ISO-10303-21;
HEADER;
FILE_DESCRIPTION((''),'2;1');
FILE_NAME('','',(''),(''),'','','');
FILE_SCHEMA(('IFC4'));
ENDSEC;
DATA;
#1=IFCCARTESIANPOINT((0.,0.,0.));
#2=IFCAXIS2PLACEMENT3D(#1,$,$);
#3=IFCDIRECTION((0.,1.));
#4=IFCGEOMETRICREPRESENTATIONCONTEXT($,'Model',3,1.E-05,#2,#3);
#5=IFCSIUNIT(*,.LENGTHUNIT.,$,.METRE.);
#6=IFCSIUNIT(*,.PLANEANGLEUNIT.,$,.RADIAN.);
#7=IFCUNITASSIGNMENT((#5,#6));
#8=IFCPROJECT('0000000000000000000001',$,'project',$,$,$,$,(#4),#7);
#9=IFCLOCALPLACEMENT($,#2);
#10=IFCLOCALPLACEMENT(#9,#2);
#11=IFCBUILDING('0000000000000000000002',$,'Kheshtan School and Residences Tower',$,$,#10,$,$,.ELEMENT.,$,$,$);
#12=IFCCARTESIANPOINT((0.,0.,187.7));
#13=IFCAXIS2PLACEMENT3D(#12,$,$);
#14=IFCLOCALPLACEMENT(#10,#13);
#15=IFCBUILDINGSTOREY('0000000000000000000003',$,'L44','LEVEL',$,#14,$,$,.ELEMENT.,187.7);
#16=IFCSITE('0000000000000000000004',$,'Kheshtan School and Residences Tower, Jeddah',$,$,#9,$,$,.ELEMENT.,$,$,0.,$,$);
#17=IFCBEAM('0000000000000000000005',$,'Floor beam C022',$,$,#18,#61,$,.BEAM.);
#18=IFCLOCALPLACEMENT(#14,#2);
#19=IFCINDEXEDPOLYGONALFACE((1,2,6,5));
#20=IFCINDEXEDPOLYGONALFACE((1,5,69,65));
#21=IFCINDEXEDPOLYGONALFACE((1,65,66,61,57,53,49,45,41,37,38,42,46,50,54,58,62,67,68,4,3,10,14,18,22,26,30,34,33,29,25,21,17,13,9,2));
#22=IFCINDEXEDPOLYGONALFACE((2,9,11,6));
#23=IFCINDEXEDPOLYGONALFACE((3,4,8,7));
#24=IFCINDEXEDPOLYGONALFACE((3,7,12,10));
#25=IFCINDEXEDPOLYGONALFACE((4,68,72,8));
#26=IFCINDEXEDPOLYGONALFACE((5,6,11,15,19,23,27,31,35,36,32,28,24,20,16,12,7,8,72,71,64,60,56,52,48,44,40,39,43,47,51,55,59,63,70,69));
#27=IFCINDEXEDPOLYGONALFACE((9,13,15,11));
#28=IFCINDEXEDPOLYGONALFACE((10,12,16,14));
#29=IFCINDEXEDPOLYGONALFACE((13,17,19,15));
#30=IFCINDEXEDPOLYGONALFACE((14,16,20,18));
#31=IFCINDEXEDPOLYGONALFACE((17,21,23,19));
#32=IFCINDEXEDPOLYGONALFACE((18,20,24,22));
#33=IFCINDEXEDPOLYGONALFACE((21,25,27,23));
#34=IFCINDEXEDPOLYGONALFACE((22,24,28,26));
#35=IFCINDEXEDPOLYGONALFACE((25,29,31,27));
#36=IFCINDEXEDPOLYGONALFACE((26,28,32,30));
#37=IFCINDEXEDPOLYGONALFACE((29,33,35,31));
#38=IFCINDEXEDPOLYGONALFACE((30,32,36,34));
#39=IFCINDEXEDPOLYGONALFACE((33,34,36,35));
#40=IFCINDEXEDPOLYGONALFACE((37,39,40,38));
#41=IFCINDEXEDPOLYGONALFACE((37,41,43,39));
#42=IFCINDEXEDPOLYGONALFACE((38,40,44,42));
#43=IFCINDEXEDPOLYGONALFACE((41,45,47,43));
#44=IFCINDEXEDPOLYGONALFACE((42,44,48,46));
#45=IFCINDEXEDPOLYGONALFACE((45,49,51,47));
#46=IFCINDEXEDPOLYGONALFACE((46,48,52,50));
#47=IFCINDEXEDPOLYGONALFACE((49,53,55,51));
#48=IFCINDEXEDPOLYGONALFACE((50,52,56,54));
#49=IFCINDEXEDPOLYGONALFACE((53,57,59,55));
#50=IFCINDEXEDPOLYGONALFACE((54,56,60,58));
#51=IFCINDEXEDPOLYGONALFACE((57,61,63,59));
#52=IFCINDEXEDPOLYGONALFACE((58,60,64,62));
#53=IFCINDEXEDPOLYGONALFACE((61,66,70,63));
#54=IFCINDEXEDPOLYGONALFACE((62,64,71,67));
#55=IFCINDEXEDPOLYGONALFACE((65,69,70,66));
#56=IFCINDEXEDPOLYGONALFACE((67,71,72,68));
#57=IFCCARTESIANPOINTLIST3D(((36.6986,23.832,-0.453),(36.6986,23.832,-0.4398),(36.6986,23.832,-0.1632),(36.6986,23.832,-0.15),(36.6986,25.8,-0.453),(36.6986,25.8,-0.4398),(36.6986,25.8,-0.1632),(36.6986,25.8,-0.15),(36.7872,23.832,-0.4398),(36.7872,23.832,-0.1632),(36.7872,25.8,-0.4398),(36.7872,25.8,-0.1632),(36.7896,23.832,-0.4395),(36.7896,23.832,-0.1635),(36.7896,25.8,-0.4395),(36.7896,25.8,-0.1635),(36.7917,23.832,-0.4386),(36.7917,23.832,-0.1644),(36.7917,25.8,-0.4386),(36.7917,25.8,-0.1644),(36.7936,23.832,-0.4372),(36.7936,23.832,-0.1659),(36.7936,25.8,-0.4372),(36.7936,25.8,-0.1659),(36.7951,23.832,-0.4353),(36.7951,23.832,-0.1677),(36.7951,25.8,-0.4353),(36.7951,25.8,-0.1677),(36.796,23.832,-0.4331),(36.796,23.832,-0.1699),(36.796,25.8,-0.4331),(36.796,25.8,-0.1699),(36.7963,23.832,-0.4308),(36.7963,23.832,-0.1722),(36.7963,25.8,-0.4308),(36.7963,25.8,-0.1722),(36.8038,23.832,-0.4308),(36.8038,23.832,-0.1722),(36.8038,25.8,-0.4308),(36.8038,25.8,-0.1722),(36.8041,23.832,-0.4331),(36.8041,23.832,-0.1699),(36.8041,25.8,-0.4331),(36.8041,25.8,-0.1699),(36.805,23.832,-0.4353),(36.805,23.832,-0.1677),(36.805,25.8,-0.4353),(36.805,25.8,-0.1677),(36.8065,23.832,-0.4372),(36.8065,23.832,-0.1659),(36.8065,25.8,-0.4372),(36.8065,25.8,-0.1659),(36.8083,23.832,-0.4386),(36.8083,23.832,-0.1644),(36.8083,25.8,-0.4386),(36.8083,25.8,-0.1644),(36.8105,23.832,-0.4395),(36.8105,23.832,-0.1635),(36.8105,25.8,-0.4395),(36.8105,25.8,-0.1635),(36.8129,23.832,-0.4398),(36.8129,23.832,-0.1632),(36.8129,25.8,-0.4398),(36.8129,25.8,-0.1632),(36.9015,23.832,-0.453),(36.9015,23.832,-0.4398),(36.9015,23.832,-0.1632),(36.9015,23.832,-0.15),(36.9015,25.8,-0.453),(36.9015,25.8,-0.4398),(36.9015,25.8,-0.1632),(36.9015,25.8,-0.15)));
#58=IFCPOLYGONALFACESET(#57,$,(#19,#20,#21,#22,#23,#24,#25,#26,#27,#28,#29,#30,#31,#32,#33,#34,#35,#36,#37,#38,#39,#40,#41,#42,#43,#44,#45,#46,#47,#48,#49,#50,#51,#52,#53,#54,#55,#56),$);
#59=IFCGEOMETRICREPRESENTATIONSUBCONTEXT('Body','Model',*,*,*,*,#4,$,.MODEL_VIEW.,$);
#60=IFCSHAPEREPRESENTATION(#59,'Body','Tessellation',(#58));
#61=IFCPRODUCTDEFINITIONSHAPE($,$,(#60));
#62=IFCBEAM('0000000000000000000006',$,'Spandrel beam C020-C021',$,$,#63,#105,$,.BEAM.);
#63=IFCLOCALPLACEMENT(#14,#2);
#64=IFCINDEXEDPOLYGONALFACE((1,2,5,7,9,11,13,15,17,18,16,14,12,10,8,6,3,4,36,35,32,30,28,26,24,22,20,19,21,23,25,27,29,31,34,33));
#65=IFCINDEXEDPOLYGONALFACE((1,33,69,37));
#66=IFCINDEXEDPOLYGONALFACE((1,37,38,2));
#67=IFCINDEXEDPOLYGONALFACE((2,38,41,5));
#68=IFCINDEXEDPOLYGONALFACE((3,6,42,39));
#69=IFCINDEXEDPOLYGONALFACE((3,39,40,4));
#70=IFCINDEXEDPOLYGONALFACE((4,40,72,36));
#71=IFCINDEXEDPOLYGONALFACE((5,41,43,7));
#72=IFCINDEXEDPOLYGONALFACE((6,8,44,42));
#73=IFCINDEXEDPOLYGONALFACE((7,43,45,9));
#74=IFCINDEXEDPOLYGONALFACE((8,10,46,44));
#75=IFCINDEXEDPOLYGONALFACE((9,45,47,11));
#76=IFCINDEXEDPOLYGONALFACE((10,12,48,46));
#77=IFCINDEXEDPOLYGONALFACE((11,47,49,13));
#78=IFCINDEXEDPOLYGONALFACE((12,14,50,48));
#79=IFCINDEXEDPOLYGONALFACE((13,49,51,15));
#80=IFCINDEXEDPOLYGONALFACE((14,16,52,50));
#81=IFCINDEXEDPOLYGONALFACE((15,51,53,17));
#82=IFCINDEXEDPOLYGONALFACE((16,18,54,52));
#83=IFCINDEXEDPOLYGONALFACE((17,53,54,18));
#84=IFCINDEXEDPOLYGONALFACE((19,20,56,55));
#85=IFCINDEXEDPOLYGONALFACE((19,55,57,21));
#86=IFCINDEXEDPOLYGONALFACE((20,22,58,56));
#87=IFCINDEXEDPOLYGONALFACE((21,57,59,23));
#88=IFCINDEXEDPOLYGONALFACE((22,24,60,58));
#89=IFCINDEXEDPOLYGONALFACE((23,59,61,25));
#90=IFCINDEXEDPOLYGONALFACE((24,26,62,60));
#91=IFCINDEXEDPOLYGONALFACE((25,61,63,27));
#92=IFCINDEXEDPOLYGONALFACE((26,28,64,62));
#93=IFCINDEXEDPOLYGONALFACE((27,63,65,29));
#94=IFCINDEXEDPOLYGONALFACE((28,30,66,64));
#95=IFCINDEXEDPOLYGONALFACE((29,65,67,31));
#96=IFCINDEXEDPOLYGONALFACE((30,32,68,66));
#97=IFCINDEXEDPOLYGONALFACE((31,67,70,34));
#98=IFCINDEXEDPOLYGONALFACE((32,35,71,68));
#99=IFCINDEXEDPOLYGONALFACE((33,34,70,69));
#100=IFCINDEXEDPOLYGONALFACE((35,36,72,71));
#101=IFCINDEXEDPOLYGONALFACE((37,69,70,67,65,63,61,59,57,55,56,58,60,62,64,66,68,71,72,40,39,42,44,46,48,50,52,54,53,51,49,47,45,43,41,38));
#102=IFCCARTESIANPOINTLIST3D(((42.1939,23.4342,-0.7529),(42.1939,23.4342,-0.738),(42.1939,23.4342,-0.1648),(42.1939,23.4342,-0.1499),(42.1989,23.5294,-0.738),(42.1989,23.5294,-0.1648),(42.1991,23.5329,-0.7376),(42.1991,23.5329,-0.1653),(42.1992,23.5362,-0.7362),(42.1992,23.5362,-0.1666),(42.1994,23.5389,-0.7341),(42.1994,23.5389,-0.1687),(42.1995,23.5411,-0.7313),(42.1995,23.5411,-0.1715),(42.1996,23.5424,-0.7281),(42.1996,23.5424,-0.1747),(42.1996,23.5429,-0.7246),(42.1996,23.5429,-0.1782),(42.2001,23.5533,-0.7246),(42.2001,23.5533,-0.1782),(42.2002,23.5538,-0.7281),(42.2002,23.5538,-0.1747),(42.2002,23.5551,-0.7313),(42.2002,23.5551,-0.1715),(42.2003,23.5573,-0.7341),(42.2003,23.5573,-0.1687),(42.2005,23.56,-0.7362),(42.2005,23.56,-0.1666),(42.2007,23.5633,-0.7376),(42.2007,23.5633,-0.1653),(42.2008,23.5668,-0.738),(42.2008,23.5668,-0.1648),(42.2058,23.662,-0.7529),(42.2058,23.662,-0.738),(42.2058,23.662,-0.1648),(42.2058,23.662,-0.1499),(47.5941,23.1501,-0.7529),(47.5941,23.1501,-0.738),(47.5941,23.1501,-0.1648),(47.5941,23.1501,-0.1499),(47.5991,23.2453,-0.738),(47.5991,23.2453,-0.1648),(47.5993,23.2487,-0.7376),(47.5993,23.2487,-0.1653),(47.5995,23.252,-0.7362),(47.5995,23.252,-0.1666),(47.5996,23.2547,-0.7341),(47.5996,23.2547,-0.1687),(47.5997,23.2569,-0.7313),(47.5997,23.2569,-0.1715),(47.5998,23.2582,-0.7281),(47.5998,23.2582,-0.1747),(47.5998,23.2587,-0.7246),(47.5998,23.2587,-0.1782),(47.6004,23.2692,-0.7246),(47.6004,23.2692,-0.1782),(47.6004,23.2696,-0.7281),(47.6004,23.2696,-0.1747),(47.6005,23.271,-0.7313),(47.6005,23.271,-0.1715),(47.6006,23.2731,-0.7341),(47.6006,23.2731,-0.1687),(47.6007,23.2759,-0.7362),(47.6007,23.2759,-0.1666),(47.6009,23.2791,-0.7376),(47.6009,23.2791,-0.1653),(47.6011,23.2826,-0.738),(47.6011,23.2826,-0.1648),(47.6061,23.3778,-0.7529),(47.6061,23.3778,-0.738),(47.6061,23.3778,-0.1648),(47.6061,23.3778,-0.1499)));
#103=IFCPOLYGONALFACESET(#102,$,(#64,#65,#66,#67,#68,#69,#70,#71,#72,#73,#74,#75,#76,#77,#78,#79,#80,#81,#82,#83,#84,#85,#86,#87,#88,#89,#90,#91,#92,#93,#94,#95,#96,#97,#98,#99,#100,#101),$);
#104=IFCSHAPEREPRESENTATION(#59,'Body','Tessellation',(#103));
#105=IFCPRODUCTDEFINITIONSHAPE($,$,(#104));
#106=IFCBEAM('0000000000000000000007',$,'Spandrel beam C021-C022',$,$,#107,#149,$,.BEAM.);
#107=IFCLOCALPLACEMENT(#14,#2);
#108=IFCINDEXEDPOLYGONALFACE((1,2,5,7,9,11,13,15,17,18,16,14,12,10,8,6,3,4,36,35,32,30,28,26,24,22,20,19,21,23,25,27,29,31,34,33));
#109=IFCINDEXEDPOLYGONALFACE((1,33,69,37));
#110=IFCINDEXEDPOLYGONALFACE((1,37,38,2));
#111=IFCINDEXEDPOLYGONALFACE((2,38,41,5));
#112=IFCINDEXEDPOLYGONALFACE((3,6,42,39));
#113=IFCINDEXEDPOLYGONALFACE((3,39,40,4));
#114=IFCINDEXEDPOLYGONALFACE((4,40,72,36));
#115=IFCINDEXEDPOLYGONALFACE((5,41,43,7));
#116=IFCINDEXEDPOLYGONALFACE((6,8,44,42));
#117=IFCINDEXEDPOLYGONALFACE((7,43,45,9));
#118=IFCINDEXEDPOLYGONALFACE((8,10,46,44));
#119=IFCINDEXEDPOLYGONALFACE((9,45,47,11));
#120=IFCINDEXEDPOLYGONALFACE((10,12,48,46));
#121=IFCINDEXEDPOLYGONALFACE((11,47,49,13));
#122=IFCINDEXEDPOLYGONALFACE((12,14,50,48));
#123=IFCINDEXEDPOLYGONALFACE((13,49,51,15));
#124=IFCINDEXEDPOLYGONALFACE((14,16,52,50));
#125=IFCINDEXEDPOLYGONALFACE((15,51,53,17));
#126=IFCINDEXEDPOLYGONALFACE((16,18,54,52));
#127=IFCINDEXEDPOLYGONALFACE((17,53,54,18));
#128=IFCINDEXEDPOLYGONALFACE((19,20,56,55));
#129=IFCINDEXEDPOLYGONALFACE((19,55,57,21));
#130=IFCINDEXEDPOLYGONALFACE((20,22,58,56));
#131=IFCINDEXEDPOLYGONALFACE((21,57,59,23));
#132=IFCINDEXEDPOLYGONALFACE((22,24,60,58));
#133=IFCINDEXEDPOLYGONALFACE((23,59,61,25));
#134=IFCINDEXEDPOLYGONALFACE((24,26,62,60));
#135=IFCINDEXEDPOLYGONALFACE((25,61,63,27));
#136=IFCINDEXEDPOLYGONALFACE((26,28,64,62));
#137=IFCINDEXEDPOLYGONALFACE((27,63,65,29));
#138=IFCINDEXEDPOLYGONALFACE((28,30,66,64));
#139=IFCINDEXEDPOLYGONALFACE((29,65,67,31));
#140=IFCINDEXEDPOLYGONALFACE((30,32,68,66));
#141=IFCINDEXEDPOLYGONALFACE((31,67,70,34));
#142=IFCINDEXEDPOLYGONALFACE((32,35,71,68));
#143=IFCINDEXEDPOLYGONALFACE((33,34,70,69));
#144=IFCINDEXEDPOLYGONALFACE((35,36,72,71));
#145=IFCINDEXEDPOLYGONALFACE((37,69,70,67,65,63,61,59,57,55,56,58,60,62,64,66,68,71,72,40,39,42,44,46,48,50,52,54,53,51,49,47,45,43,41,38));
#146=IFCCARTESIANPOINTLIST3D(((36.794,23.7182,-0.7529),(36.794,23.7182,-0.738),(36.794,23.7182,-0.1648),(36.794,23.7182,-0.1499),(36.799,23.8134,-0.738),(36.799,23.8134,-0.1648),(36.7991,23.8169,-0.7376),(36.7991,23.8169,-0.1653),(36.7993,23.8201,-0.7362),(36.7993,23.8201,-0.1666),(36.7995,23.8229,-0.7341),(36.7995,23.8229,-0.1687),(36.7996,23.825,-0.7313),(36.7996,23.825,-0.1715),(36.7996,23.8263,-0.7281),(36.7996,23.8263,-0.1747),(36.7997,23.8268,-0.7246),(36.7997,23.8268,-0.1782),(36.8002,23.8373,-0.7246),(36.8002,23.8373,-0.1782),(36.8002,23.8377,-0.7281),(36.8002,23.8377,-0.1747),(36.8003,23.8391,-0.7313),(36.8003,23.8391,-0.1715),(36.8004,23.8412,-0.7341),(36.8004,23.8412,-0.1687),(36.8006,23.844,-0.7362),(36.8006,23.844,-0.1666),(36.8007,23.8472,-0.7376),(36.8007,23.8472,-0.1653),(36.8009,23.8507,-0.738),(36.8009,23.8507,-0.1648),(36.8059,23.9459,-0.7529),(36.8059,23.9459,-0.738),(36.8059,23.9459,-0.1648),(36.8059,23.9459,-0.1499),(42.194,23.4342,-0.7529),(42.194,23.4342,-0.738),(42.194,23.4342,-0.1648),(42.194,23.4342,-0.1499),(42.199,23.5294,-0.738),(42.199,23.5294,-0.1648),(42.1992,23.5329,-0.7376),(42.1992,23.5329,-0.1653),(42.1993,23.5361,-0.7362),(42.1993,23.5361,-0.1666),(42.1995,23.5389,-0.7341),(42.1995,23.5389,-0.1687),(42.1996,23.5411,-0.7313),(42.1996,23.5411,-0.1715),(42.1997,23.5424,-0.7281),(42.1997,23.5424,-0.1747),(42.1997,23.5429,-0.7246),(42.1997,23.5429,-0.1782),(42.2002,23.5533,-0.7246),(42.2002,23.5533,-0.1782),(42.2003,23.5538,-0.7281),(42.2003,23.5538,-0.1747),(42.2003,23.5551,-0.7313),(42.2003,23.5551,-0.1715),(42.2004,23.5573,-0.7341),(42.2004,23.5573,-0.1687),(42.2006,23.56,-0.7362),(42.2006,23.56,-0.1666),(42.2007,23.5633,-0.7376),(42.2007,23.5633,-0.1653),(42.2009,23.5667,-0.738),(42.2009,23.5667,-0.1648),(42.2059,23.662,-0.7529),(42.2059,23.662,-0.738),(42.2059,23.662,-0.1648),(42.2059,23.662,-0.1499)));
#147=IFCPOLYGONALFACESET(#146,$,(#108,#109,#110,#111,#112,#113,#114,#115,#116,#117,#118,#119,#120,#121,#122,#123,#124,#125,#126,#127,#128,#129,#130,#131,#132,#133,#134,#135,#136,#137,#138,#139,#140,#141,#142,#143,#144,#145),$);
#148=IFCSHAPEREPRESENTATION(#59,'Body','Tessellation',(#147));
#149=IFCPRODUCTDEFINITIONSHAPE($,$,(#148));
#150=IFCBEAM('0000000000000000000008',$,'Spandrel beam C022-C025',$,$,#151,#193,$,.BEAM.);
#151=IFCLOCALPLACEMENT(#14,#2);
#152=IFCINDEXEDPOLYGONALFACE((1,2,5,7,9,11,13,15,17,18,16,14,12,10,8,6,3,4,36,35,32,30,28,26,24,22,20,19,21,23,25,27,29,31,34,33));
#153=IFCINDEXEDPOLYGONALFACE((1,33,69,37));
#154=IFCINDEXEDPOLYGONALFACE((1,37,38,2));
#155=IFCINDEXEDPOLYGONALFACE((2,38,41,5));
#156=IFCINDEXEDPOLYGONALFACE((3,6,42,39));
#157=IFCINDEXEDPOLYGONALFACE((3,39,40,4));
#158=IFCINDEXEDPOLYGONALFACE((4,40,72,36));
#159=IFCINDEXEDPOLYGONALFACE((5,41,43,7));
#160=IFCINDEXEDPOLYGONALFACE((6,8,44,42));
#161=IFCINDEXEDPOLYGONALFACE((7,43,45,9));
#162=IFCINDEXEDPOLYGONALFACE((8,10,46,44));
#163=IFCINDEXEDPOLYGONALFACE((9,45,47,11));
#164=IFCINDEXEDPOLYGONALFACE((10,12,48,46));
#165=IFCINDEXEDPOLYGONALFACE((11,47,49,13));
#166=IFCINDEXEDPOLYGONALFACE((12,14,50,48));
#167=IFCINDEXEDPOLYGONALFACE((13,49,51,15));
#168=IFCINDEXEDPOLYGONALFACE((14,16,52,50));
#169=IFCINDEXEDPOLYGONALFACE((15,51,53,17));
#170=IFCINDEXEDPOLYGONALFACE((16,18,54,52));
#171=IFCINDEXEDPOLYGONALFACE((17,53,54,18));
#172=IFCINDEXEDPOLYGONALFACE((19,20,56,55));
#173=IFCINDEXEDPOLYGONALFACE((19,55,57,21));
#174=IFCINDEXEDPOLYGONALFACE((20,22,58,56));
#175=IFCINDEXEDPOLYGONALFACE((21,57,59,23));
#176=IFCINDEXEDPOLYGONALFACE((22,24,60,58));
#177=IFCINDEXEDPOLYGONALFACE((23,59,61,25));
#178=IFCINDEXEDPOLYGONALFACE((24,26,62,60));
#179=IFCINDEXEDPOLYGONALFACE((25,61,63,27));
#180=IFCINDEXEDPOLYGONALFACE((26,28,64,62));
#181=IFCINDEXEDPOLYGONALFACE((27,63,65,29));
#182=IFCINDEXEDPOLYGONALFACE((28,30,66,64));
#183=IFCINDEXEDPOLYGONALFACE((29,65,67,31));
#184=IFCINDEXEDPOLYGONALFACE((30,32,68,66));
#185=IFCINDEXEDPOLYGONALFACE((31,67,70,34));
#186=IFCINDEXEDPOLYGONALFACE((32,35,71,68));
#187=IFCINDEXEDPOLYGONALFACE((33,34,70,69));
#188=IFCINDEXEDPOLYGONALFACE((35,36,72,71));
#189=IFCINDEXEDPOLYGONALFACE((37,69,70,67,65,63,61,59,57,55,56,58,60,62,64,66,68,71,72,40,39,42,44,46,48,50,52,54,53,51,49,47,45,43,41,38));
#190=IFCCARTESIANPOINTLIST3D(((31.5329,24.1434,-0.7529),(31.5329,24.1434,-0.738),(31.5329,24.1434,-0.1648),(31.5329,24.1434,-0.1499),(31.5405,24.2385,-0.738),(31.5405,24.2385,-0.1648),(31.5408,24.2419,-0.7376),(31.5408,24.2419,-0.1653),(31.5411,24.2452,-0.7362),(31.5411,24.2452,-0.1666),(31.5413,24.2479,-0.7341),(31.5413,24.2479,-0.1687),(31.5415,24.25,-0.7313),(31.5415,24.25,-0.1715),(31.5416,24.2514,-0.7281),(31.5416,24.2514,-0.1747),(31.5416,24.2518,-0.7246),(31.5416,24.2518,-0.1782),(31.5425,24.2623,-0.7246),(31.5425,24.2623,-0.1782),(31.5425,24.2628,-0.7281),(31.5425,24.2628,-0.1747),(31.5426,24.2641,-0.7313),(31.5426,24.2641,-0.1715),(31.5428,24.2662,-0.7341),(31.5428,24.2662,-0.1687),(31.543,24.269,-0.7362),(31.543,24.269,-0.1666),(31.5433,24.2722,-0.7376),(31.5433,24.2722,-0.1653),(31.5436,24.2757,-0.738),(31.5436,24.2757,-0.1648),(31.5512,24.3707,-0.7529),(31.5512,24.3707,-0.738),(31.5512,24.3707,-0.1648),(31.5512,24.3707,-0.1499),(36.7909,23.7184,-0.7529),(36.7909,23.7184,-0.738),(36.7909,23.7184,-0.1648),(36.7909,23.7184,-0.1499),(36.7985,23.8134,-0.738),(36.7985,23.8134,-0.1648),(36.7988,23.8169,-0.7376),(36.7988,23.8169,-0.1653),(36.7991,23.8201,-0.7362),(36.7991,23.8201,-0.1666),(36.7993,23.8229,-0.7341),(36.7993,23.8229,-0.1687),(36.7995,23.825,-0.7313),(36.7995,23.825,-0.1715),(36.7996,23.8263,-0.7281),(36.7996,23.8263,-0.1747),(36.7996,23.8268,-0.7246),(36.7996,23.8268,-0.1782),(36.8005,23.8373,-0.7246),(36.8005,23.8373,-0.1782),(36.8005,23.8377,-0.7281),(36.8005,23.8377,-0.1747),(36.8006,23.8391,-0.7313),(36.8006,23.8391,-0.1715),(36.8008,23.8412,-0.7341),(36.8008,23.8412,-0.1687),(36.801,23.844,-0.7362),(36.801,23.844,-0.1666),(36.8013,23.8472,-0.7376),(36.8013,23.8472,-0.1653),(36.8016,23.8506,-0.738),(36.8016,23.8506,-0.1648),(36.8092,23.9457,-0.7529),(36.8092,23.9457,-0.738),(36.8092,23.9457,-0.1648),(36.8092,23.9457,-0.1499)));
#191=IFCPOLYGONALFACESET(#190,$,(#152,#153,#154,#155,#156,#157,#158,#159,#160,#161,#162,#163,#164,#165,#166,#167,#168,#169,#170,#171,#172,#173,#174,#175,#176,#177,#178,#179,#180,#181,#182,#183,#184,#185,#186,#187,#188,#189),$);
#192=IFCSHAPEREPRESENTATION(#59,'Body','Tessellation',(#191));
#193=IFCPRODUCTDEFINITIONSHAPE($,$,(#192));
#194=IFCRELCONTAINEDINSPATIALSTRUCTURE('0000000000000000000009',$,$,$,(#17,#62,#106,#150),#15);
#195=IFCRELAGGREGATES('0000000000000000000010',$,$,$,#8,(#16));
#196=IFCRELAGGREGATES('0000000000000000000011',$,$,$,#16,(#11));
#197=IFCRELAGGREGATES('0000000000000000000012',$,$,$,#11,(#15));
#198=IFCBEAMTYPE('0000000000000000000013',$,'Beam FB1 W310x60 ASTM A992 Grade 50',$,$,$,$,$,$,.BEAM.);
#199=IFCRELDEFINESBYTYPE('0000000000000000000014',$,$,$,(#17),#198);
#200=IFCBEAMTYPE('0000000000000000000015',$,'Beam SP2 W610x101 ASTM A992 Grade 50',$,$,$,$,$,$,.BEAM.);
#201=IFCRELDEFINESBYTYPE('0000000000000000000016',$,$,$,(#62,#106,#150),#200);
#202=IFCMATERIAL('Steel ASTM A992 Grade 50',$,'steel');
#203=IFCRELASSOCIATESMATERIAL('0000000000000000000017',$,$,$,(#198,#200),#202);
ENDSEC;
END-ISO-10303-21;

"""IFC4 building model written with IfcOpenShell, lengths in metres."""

from ifc_helpers import new_model, si_unit, direction, frame, origin, origin_2d, place, context, subcontext, project, spatial, i_section, extrude, material, material_profile, profile_set, type_object, element, save


model = new_model("IFC4")

# Units and contexts
model_context = context("Model", 3, precision=1e-05, world=origin(), true_north=direction((0.0, 1.0)))
body_context = subcontext(model_context, "Body", "Model", "MODEL_VIEW")
ifc_project = project(units=[si_unit("LENGTHUNIT", "METRE"), si_unit("PLANEANGLEUNIT", "RADIAN")], contexts=[model_context])

# Site, building, storey
site_placement = place(None, origin())
site = spatial("IfcSite", under=ifc_project, at=site_placement, Name="Kheshtan School and Residences Tower, Jeddah", CompositionType="ELEMENT", RefElevation=0.0)
building_placement = place(site_placement, origin())
building = spatial("IfcBuilding", under=site, at=building_placement, Name="Kheshtan School and Residences Tower", CompositionType="ELEMENT")
storey_placement = place(building_placement, frame((0.0, 0.0, 187.7)))
storey = spatial("IfcBuildingStorey", under=building, at=storey_placement, Name="L44", Description="LEVEL", CompositionType="ELEMENT", Elevation=187.7)

# Shared definitions
ifc_material_1 = material(Name="Steel ASTM A992 Grade 50", Category="steel")

# Beams
ifc_material_profile_1 = material_profile(ifc_material_1, i_section(OverallWidth=0.2029, OverallDepth=0.303, WebThickness=0.0076, FlangeThickness=0.0132, FilletRadius=0.009, at=origin_2d()), Name="W310x60")
ifc_profile_set_1 = profile_set([ifc_material_profile_1], Name="Steel ASTM A992 Grade 50")
beam_type_1 = type_object("IfcBeamType", Name="Beam FB1 W310x60 ASTM A992 Grade 50", PredefinedType="BEAM", material=ifc_profile_set_1)
beam_1_placement = place(storey_placement, frame((36.8, 23.832, -0.3015), z_axis=(0.0, 1.0, 0.0), x_axis=(-1.0, 0.0, 0.0)))
element("IfcBeam", 1, at=beam_1_placement, inside=storey, type_object=beam_type_1, Name="Floor beam C022", PredefinedType="BEAM", context=body_context, shape_type="SweptSolid", body=[
    extrude(i_section(OverallWidth=0.2029, OverallDepth=0.303, WebThickness=0.0076, FlangeThickness=0.0132, FilletRadius=0.009, at=origin_2d()), origin(), (0.0, 0.0, 1.0), 1.968),
])
ifc_material_profile_2 = material_profile(ifc_material_1, i_section(OverallWidth=0.228, OverallDepth=0.603, WebThickness=0.0105, FlangeThickness=0.0149, FilletRadius=0.0134, at=origin_2d()), Name="W610x101")
ifc_profile_set_2 = profile_set([ifc_material_profile_2], Name="Steel ASTM A992 Grade 50")
beam_type_2 = type_object("IfcBeamType", Name="Beam SP2 W610x101 ASTM A992 Grade 50", PredefinedType="BEAM", material=ifc_profile_set_2)
beam_2_placement = place(storey_placement, frame((47.6001, 23.2639, -0.4514), z_axis=(-0.998618, 0.052552, 0.0), x_axis=(-0.052552, -0.998618, 0.0)))
element("IfcBeam", 2, at=beam_2_placement, inside=storey, type_object=beam_type_2, Name="Spandrel beam C020-C021", PredefinedType="BEAM", context=body_context, shape_type="SweptSolid", body=[
    extrude(i_section(OverallWidth=0.228, OverallDepth=0.603, WebThickness=0.0105, FlangeThickness=0.0149, FilletRadius=0.0134, at=origin_2d()), origin(), (0.0, 0.0, 1.0), 5.4077),
])
beam_3_placement = place(storey_placement, frame((42.2, 23.5481, -0.4514), z_axis=(-0.99862, 0.052509, 0.0), x_axis=(-0.052509, -0.99862, 0.0)))
element("IfcBeam", 3, at=beam_3_placement, inside=storey, type_object=beam_type_2, Name="Spandrel beam C021-C022", PredefinedType="BEAM", context=body_context, shape_type="SweptSolid", body=[
    extrude(i_section(OverallWidth=0.228, OverallDepth=0.603, WebThickness=0.0105, FlangeThickness=0.0149, FilletRadius=0.0134, at=origin_2d()), origin(), (0.0, 0.0, 1.0), 5.4075),
])
beam_4_placement = place(storey_placement, frame((36.8, 23.832, -0.4514), z_axis=(-0.996749, 0.080575, 0.0), x_axis=(-0.080575, -0.996749, 0.0)))
element("IfcBeam", 4, at=beam_4_placement, inside=storey, type_object=beam_type_2, Name="Spandrel beam C022-C025", PredefinedType="BEAM", context=body_context, shape_type="SweptSolid", body=[
    extrude(i_section(OverallWidth=0.228, OverallDepth=0.603, WebThickness=0.0105, FlangeThickness=0.0149, FilletRadius=0.0134, at=origin_2d()), origin(), (0.0, 0.0, 1.0), 5.2751),
])

save(model, "model.ifc")
